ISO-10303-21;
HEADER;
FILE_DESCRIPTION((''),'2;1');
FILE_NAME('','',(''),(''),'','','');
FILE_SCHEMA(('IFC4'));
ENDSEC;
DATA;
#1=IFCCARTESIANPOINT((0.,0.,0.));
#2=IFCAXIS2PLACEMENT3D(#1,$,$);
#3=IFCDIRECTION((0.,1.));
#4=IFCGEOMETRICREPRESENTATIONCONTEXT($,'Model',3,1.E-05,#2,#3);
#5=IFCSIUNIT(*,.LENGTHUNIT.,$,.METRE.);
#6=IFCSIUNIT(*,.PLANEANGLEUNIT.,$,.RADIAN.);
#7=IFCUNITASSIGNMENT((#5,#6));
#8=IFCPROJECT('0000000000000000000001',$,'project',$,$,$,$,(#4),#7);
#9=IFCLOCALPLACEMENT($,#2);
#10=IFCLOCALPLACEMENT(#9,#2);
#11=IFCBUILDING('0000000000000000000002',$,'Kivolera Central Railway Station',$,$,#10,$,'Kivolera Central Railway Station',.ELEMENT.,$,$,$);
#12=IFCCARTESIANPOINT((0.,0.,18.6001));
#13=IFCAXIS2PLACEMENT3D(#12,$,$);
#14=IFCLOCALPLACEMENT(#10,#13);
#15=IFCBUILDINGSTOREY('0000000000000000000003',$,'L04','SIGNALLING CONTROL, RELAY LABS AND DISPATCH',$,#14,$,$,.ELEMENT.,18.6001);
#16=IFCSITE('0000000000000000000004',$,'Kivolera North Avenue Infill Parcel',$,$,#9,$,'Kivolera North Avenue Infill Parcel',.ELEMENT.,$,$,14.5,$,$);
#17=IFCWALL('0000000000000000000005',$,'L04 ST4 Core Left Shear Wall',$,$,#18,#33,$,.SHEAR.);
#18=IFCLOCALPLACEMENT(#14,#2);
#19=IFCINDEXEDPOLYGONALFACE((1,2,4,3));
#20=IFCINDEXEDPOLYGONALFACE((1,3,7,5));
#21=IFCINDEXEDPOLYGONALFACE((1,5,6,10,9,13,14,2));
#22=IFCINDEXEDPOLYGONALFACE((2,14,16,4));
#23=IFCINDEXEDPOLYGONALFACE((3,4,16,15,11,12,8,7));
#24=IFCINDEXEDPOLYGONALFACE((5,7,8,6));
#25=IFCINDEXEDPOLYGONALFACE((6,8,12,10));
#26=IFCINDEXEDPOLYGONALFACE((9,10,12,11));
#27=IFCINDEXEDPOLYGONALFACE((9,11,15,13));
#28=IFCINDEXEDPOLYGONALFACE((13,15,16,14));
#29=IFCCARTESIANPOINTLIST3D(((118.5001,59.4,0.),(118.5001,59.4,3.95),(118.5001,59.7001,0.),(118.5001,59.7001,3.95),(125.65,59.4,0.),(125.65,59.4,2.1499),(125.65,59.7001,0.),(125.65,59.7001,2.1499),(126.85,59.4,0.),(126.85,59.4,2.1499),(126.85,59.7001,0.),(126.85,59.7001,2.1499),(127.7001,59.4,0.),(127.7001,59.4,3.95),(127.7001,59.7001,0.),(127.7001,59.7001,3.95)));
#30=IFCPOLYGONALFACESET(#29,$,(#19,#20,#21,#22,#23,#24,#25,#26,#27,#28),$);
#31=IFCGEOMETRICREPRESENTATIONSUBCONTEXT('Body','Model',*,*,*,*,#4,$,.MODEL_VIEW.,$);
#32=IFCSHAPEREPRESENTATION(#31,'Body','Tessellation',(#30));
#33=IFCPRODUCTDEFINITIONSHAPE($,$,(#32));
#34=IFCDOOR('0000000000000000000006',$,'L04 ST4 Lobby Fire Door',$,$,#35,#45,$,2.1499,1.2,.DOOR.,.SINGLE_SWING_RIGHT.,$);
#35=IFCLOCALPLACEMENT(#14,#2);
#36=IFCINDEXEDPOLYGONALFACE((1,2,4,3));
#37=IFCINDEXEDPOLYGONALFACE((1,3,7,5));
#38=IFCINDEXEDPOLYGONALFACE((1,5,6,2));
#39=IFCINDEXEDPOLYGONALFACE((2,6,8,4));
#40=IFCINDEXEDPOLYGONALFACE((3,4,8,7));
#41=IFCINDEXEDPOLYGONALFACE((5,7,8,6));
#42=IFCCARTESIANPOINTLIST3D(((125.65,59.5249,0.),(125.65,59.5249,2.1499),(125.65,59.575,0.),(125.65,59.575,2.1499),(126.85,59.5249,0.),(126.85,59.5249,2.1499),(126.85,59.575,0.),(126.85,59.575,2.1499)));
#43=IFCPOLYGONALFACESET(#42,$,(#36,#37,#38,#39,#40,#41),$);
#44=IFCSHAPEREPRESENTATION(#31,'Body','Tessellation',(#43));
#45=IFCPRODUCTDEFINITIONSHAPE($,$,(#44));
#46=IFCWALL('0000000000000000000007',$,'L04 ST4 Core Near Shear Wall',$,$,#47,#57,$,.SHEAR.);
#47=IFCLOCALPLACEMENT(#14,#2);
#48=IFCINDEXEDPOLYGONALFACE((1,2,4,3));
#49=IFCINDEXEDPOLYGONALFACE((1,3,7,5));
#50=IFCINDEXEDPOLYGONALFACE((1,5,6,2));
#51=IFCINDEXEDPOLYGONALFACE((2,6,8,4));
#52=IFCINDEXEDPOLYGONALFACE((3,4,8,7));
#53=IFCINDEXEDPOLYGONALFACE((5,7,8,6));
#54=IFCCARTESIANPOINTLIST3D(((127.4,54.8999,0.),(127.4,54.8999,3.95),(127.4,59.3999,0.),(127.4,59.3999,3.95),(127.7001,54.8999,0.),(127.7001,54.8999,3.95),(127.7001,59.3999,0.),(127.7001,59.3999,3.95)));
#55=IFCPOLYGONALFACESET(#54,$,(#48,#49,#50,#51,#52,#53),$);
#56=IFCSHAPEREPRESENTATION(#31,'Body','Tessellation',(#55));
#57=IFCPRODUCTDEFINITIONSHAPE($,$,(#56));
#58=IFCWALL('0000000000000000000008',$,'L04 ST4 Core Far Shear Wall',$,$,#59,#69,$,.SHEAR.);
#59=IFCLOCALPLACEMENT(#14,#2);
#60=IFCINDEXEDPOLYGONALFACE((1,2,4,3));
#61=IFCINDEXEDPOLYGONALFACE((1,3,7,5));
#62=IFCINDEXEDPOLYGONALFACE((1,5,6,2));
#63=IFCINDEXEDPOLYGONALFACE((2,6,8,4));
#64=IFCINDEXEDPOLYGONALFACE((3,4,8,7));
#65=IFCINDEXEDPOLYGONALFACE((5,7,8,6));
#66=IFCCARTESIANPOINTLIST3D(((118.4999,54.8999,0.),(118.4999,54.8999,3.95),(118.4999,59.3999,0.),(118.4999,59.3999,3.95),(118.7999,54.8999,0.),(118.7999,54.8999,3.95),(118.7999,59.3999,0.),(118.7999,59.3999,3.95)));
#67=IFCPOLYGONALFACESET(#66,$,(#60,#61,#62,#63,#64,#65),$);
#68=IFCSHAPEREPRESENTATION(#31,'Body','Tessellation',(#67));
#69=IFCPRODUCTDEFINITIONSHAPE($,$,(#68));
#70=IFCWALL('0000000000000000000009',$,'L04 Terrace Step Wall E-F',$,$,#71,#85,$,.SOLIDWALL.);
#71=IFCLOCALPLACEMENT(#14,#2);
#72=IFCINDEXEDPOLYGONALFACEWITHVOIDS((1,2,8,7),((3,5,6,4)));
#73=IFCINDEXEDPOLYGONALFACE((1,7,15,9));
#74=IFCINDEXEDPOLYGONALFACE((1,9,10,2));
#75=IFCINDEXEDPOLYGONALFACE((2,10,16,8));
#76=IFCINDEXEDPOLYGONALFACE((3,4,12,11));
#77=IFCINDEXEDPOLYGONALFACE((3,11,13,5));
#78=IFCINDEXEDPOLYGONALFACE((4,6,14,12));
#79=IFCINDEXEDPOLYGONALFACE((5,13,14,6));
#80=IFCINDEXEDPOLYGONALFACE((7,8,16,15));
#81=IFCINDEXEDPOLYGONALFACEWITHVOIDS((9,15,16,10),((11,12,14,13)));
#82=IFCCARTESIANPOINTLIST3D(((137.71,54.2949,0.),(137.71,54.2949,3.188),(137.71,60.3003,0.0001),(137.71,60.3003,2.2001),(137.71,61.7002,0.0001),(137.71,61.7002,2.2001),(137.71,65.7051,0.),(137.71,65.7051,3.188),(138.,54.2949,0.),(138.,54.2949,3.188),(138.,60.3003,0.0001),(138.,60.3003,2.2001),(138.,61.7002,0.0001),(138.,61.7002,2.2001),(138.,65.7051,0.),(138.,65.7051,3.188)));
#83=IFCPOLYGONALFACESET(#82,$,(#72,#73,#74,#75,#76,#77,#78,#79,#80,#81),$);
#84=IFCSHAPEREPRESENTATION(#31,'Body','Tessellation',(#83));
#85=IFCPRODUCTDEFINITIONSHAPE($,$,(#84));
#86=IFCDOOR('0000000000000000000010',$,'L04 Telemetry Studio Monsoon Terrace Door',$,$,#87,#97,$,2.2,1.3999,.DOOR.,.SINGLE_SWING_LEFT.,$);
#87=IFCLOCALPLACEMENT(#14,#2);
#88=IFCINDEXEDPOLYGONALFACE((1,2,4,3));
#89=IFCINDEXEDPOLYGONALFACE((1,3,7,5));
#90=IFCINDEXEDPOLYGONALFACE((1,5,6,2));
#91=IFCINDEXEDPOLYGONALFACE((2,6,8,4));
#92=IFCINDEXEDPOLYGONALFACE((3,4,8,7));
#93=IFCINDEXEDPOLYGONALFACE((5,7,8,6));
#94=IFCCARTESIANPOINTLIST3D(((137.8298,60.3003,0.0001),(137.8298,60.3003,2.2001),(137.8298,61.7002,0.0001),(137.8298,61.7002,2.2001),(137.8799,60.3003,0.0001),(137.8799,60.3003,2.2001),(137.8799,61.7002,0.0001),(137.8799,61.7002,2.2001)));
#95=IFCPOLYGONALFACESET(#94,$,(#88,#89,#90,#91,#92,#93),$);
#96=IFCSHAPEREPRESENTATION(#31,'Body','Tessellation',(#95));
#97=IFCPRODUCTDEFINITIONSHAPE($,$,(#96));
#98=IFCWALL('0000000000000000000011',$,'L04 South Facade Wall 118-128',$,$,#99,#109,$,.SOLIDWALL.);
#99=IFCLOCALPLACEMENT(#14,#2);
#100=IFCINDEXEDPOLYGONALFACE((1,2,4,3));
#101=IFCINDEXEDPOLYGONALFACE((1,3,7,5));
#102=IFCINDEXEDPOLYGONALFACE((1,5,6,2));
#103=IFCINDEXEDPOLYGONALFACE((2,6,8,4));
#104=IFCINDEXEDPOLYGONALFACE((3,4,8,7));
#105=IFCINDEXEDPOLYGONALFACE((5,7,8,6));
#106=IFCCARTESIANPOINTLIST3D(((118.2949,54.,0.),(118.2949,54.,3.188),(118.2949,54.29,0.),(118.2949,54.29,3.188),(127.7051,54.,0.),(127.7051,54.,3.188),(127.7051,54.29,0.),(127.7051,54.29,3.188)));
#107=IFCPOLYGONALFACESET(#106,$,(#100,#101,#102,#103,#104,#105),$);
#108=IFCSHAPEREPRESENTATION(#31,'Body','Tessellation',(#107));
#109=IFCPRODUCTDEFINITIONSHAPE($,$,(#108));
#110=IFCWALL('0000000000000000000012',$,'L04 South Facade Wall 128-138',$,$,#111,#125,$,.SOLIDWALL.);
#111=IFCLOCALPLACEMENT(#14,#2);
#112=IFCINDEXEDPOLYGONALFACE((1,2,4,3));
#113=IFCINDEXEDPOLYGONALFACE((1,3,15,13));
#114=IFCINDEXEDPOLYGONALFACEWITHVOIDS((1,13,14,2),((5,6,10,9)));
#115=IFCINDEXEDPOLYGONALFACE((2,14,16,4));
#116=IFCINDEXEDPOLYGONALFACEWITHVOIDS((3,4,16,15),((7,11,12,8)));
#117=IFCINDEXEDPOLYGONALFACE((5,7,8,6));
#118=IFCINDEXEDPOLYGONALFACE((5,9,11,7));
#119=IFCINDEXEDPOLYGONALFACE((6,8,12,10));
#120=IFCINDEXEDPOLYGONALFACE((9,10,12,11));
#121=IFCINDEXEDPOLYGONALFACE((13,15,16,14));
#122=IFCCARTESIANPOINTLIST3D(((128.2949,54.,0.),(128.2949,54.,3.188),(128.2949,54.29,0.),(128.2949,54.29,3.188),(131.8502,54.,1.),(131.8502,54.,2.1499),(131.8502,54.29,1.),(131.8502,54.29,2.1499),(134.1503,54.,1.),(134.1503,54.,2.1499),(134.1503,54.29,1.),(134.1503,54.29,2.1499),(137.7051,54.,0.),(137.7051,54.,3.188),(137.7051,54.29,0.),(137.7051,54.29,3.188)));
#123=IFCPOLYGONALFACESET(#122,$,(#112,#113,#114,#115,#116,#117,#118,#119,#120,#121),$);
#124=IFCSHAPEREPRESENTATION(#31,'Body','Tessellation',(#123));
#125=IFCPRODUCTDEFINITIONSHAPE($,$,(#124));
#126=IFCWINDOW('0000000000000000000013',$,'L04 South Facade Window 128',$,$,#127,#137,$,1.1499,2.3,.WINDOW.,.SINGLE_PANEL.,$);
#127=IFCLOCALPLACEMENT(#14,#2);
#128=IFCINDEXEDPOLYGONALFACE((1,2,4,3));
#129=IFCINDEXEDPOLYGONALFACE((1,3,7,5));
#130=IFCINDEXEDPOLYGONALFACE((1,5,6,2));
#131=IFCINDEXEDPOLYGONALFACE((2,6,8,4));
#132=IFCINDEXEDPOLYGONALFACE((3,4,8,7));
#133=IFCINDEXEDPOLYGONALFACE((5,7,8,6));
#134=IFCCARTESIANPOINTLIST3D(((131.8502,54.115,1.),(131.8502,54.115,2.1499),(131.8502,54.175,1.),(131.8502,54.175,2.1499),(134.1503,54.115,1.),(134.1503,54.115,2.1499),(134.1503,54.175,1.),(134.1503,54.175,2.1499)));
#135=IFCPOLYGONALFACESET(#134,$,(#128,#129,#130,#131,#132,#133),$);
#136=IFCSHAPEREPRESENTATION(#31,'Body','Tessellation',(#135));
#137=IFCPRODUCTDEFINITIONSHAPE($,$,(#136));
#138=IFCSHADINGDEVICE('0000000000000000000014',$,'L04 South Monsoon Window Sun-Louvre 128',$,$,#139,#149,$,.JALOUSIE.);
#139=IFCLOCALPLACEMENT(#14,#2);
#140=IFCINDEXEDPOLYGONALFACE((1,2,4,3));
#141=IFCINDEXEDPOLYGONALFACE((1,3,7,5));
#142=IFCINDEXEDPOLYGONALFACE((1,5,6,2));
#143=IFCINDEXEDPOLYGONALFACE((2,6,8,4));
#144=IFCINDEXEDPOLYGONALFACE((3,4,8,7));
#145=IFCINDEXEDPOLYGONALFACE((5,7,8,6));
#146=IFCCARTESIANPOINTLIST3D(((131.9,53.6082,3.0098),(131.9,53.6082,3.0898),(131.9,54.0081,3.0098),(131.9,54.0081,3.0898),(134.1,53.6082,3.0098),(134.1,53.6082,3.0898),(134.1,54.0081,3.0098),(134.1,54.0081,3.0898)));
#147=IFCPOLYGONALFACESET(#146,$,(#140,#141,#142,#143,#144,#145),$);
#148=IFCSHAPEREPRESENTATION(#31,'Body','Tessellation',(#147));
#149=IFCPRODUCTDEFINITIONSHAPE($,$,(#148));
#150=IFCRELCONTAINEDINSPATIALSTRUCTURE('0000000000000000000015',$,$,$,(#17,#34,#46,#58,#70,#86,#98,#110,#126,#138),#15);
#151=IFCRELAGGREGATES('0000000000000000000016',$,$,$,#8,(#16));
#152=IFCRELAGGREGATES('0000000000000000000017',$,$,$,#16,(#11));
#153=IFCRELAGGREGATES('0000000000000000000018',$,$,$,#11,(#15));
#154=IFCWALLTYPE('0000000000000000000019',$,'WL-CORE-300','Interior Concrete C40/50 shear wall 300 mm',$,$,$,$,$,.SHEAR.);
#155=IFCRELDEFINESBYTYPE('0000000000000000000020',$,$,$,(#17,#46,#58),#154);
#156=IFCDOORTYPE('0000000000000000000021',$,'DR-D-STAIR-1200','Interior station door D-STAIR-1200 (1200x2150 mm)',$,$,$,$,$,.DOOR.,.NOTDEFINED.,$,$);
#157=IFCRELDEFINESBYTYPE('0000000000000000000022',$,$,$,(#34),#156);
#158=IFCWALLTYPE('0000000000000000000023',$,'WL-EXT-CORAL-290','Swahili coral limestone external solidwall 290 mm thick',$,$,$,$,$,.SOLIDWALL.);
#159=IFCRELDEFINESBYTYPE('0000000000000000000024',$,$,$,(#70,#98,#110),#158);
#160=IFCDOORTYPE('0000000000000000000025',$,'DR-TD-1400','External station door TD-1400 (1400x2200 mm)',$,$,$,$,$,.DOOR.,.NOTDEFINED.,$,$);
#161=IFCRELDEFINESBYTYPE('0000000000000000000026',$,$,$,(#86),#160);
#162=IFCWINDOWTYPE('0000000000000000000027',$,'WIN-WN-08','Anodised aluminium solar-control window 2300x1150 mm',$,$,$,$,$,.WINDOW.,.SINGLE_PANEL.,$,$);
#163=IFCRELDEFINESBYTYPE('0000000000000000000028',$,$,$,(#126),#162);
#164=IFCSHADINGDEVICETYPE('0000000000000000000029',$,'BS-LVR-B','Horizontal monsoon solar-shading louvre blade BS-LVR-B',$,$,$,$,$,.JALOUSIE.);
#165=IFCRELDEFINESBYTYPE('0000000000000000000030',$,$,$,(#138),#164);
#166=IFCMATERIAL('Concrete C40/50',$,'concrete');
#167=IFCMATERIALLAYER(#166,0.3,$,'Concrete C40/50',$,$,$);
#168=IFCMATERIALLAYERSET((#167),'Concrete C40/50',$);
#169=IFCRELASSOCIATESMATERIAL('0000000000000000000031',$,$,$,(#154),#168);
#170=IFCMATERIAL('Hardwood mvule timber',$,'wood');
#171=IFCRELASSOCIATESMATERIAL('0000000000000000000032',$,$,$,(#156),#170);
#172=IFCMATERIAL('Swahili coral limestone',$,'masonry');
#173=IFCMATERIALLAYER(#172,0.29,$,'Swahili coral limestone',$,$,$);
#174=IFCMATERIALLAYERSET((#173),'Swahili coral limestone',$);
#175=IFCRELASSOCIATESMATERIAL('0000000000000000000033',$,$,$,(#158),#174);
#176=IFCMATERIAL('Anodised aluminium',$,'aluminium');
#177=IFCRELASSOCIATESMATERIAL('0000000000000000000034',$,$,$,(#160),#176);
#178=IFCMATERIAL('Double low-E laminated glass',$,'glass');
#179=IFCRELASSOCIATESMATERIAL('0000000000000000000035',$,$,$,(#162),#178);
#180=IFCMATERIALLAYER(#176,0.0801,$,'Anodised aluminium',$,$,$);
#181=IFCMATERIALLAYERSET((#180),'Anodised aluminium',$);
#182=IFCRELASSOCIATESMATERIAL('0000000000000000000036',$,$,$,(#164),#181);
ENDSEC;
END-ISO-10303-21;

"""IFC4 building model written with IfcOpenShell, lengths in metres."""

from ifc_helpers import new_model, si_unit, direction, frame, frame_2d, origin, origin_2d, place, context, subcontext, project, spatial, rectangle, extrude, material, layer, layer_set, type_object, element, fill, save


model = new_model("IFC4")

# Units and contexts
model_context = context("Model", 3, precision=1e-05, world=origin(), true_north=direction((0.0, 1.0)))
body_context = subcontext(model_context, "Body", "Model", "MODEL_VIEW")
ifc_project = project(units=[si_unit("LENGTHUNIT", "METRE"), si_unit("PLANEANGLEUNIT", "RADIAN")], contexts=[model_context])

# Site, building, storey
site_placement = place(None, origin())
site = spatial("IfcSite", under=ifc_project, at=site_placement, Name="Kivolera North Avenue Infill Parcel", LongName="Kivolera North Avenue Infill Parcel", CompositionType="ELEMENT", RefElevation=14.5)
building_placement = place(site_placement, origin())
building = spatial("IfcBuilding", under=site, at=building_placement, Name="Kivolera Central Railway Station", LongName="Kivolera Central Railway Station", CompositionType="ELEMENT")
storey_placement = place(building_placement, frame((0.0, 0.0, 18.6001)))
storey = spatial("IfcBuildingStorey", under=building, at=storey_placement, Name="L04", Description="SIGNALLING CONTROL, RELAY LABS AND DISPATCH", CompositionType="ELEMENT", Elevation=18.6001)

# Shared definitions
ifc_material_1 = material(Name="Concrete C40/50", Category="concrete")

# Shared definitions
ifc_layer_1 = layer(ifc_material_1, 0.3, Name="Concrete C40/50")
ifc_layer_set_1 = layer_set([ifc_layer_1], Name="Concrete C40/50")
wall_type_1 = type_object("IfcWallType", Name="WL-CORE-300", Description="Interior Concrete C40/50 shear wall 300 mm", PredefinedType="SHEAR", material=ifc_layer_set_1)

# Wall, opening, door
wall_1_placement = place(storey_placement, frame((118.5, 59.55, 0.0), z_axis=(0.0, 0.0, 1.0), x_axis=(1.0, 0.0, 0.0)))
wall_1 = element("IfcWall", 1, at=wall_1_placement, inside=storey, type_object=wall_type_1, Name="L04 ST4 Core Left Shear Wall", PredefinedType="SHEAR", context=body_context, shape_type="SweptSolid", body=[
    extrude(rectangle(XDim=9.2, YDim=0.3, at=frame_2d((4.6001, 0.0))), origin(), (0.0, 0.0, 1.0), 3.95),
])
opening_1_placement = place(wall_1_placement, frame((7.1499, 0.0, 0.0)))
opening_1 = element("IfcOpeningElement", 2, at=opening_1_placement, cuts=wall_1, PredefinedType="OPENING", context=body_context, shape_type="SweptSolid", body=[
    extrude(rectangle(XDim=1.2, YDim=2.1499, at=frame_2d((0.6001, 1.075))), frame((0.0, 0.1599, 0.0), z_axis=(0.0, -1.0, 0.0), x_axis=(1.0, 0.0, 0.0)), (0.0, 0.0, 1.0), 0.3201),
])
ifc_material_2 = material(Name="Hardwood mvule timber", Category="wood")
door_type_1 = type_object("IfcDoorType", Name="DR-D-STAIR-1200", Description="Interior station door D-STAIR-1200 (1200x2150 mm)", OperationType="NOTDEFINED", PredefinedType="DOOR", material=ifc_material_2)
door_1_placement = place(opening_1_placement, origin())
door_1 = element("IfcDoor", 3, at=door_1_placement, inside=storey, type_object=door_type_1, Name="L04 ST4 Lobby Fire Door", OperationType="SINGLE_SWING_RIGHT", OverallHeight=2.1499, OverallWidth=1.2, PredefinedType="DOOR", context=body_context, shape_type="SweptSolid", body=[
    extrude(rectangle(XDim=1.2, YDim=2.1499, at=frame_2d((0.6001, 1.075))), frame((0.0, 0.0249, 0.0), z_axis=(0.0, -1.0, 0.0), x_axis=(1.0, 0.0, 0.0)), (0.0, 0.0, 1.0), 0.05),
])
fill(opening_1, door_1)

# Walls
for number, where, z_axis, x_axis, name in (
    (4, (127.55, 59.3999, 0.0), (0.0, 0.0, 1.0), (0.0, -1.0, 0.0), "L04 ST4 Core Near Shear Wall"),
    (5, (118.6499, 54.8999, 0.0), (0.0, 0.0, 1.0), (0.0, 1.0, 0.0), "L04 ST4 Core Far Shear Wall"),
):
    element("IfcWall", number, at=place(storey_placement, frame(where, z_axis=z_axis, x_axis=x_axis)), inside=storey, type_object=wall_type_1, Name=name, PredefinedType="SHEAR", context=body_context, shape_type="SweptSolid", body=[
        extrude(rectangle(XDim=4.5, YDim=0.3, at=frame_2d((2.25, 0.0))), origin(), (0.0, 0.0, 1.0), 3.95),
    ])

# Wall, opening, door
ifc_material_3 = material(Name="Swahili coral limestone", Category="masonry")
ifc_layer_2 = layer(ifc_material_3, 0.29, Name="Swahili coral limestone")
ifc_layer_set_2 = layer_set([ifc_layer_2], Name="Swahili coral limestone")
wall_type_2 = type_object("IfcWallType", Name="WL-EXT-CORAL-290", Description="Swahili coral limestone external solidwall 290 mm thick", PredefinedType="SOLIDWALL", material=ifc_layer_set_2)
wall_2_placement = place(storey_placement, frame((137.855, 65.7051, 0.0), z_axis=(0.0, 0.0, 1.0), x_axis=(0.0, -1.0, 0.0)))
wall_2 = element("IfcWall", 6, at=wall_2_placement, inside=storey, type_object=wall_type_2, Name="L04 Terrace Step Wall E-F", PredefinedType="SOLIDWALL", context=body_context, shape_type="SweptSolid", body=[
    extrude(rectangle(XDim=11.4102, YDim=0.29, at=frame_2d((5.7051, 0.0))), origin(), (0.0, 0.0, 1.0), 3.188),
])
opening_2_placement = place(wall_2_placement, frame((4.0049, 0.0, 0.0)))
opening_2 = element("IfcOpeningElement", 7, at=opening_2_placement, cuts=wall_2, PredefinedType="OPENING", context=body_context, shape_type="SweptSolid", body=[
    extrude(rectangle(XDim=1.3999, YDim=2.2, at=frame_2d((0.7, 1.1001))), frame((0.0, 0.155, 0.0), z_axis=(0.0, -1.0, 0.0), x_axis=(1.0, 0.0, 0.0)), (0.0, 0.0, 1.0), 0.3101),
])
ifc_material_4 = material(Name="Anodised aluminium", Category="aluminium")
door_type_2 = type_object("IfcDoorType", Name="DR-TD-1400", Description="External station door TD-1400 (1400x2200 mm)", OperationType="NOTDEFINED", PredefinedType="DOOR", material=ifc_material_4)
door_2_placement = place(opening_2_placement, origin())
door_2 = element("IfcDoor", 8, at=door_2_placement, inside=storey, type_object=door_type_2, Name="L04 Telemetry Studio Monsoon Terrace Door", OperationType="SINGLE_SWING_LEFT", OverallHeight=2.2, OverallWidth=1.3999, PredefinedType="DOOR", context=body_context, shape_type="SweptSolid", body=[
    extrude(rectangle(XDim=1.3999, YDim=2.2, at=frame_2d((0.7, 1.1001))), frame((0.0, 0.0249, 0.0), z_axis=(0.0, -1.0, 0.0), x_axis=(1.0, 0.0, 0.0)), (0.0, 0.0, 1.0), 0.05),
])
fill(opening_2, door_2)

# Wall
wall_3_placement = place(storey_placement, frame((127.7051, 54.145, 0.0), z_axis=(0.0, 0.0, 1.0), x_axis=(-1.0, 0.0, 0.0)))
element("IfcWall", 9, at=wall_3_placement, inside=storey, type_object=wall_type_2, Name="L04 South Facade Wall 118-128", PredefinedType="SOLIDWALL", context=body_context, shape_type="SweptSolid", body=[
    extrude(rectangle(XDim=9.4102, YDim=0.29, at=frame_2d((4.7051, 0.0))), origin(), (0.0, 0.0, 1.0), 3.188),
])

# Wall, opening, window
wall_4_placement = place(storey_placement, frame((137.7051, 54.145, 0.0), z_axis=(0.0, 0.0, 1.0), x_axis=(-1.0, 0.0, 0.0)))
wall_4 = element("IfcWall", 10, at=wall_4_placement, inside=storey, type_object=wall_type_2, Name="L04 South Facade Wall 128-138", PredefinedType="SOLIDWALL", context=body_context, shape_type="SweptSolid", body=[
    extrude(rectangle(XDim=9.4102, YDim=0.29, at=frame_2d((4.7051, 0.0))), origin(), (0.0, 0.0, 1.0), 3.188),
])
opening_3_placement = place(wall_4_placement, frame((3.5549, 0.0, 1.0)))
opening_3 = element("IfcOpeningElement", 11, at=opening_3_placement, cuts=wall_4, PredefinedType="OPENING", context=body_context, shape_type="SweptSolid", body=[
    extrude(rectangle(XDim=2.3, YDim=1.1499, at=frame_2d((1.1499, 0.575))), frame((0.0, 0.155, 0.0), z_axis=(0.0, -1.0, 0.0), x_axis=(1.0, 0.0, 0.0)), (0.0, 0.0, 1.0), 0.3101),
])
ifc_material_5 = material(Name="Double low-E laminated glass", Category="glass")
window_type = type_object("IfcWindowType", Name="WIN-WN-08", Description="Anodised aluminium solar-control window 2300x1150 mm", PartitioningType="SINGLE_PANEL", PredefinedType="WINDOW", material=ifc_material_5)
window_placement = place(opening_3_placement, origin())
window = element("IfcWindow", 12, at=window_placement, inside=storey, type_object=window_type, Name="L04 South Facade Window 128", OverallHeight=1.1499, OverallWidth=2.3, PartitioningType="SINGLE_PANEL", PredefinedType="WINDOW", context=body_context, shape_type="SweptSolid", body=[
    extrude(rectangle(XDim=2.3, YDim=1.1499, at=frame_2d((1.1499, 0.575))), frame((0.0, 0.03, 0.0), z_axis=(0.0, -1.0, 0.0), x_axis=(1.0, 0.0, 0.0)), (0.0, 0.0, 1.0), 0.0601),
])
fill(opening_3, window)

# Shading device
ifc_layer_3 = layer(ifc_material_4, 0.0801, Name="Anodised aluminium")
ifc_layer_set_3 = layer_set([ifc_layer_3], Name="Anodised aluminium")
shading_device_type = type_object("IfcShadingDeviceType", Name="BS-LVR-B", Description="Horizontal monsoon solar-shading louvre blade BS-LVR-B", PredefinedType="JALOUSIE", material=ifc_layer_set_3)
shading_device_placement = place(storey_placement, frame((133.0, 53.8081, 3.0098), z_axis=(0.0, 0.0, 1.0), x_axis=(1.0, 0.0, 0.0)))
element("IfcShadingDevice", 13, at=shading_device_placement, inside=storey, type_object=shading_device_type, Name="L04 South Monsoon Window Sun-Louvre 128", PredefinedType="JALOUSIE", context=body_context, shape_type="SweptSolid", body=[
    extrude(rectangle(XDim=2.2, YDim=0.3999, at=origin_2d()), origin(), (0.0, 0.0, 1.0), 0.0801),
])

save(model, "model.ifc")
